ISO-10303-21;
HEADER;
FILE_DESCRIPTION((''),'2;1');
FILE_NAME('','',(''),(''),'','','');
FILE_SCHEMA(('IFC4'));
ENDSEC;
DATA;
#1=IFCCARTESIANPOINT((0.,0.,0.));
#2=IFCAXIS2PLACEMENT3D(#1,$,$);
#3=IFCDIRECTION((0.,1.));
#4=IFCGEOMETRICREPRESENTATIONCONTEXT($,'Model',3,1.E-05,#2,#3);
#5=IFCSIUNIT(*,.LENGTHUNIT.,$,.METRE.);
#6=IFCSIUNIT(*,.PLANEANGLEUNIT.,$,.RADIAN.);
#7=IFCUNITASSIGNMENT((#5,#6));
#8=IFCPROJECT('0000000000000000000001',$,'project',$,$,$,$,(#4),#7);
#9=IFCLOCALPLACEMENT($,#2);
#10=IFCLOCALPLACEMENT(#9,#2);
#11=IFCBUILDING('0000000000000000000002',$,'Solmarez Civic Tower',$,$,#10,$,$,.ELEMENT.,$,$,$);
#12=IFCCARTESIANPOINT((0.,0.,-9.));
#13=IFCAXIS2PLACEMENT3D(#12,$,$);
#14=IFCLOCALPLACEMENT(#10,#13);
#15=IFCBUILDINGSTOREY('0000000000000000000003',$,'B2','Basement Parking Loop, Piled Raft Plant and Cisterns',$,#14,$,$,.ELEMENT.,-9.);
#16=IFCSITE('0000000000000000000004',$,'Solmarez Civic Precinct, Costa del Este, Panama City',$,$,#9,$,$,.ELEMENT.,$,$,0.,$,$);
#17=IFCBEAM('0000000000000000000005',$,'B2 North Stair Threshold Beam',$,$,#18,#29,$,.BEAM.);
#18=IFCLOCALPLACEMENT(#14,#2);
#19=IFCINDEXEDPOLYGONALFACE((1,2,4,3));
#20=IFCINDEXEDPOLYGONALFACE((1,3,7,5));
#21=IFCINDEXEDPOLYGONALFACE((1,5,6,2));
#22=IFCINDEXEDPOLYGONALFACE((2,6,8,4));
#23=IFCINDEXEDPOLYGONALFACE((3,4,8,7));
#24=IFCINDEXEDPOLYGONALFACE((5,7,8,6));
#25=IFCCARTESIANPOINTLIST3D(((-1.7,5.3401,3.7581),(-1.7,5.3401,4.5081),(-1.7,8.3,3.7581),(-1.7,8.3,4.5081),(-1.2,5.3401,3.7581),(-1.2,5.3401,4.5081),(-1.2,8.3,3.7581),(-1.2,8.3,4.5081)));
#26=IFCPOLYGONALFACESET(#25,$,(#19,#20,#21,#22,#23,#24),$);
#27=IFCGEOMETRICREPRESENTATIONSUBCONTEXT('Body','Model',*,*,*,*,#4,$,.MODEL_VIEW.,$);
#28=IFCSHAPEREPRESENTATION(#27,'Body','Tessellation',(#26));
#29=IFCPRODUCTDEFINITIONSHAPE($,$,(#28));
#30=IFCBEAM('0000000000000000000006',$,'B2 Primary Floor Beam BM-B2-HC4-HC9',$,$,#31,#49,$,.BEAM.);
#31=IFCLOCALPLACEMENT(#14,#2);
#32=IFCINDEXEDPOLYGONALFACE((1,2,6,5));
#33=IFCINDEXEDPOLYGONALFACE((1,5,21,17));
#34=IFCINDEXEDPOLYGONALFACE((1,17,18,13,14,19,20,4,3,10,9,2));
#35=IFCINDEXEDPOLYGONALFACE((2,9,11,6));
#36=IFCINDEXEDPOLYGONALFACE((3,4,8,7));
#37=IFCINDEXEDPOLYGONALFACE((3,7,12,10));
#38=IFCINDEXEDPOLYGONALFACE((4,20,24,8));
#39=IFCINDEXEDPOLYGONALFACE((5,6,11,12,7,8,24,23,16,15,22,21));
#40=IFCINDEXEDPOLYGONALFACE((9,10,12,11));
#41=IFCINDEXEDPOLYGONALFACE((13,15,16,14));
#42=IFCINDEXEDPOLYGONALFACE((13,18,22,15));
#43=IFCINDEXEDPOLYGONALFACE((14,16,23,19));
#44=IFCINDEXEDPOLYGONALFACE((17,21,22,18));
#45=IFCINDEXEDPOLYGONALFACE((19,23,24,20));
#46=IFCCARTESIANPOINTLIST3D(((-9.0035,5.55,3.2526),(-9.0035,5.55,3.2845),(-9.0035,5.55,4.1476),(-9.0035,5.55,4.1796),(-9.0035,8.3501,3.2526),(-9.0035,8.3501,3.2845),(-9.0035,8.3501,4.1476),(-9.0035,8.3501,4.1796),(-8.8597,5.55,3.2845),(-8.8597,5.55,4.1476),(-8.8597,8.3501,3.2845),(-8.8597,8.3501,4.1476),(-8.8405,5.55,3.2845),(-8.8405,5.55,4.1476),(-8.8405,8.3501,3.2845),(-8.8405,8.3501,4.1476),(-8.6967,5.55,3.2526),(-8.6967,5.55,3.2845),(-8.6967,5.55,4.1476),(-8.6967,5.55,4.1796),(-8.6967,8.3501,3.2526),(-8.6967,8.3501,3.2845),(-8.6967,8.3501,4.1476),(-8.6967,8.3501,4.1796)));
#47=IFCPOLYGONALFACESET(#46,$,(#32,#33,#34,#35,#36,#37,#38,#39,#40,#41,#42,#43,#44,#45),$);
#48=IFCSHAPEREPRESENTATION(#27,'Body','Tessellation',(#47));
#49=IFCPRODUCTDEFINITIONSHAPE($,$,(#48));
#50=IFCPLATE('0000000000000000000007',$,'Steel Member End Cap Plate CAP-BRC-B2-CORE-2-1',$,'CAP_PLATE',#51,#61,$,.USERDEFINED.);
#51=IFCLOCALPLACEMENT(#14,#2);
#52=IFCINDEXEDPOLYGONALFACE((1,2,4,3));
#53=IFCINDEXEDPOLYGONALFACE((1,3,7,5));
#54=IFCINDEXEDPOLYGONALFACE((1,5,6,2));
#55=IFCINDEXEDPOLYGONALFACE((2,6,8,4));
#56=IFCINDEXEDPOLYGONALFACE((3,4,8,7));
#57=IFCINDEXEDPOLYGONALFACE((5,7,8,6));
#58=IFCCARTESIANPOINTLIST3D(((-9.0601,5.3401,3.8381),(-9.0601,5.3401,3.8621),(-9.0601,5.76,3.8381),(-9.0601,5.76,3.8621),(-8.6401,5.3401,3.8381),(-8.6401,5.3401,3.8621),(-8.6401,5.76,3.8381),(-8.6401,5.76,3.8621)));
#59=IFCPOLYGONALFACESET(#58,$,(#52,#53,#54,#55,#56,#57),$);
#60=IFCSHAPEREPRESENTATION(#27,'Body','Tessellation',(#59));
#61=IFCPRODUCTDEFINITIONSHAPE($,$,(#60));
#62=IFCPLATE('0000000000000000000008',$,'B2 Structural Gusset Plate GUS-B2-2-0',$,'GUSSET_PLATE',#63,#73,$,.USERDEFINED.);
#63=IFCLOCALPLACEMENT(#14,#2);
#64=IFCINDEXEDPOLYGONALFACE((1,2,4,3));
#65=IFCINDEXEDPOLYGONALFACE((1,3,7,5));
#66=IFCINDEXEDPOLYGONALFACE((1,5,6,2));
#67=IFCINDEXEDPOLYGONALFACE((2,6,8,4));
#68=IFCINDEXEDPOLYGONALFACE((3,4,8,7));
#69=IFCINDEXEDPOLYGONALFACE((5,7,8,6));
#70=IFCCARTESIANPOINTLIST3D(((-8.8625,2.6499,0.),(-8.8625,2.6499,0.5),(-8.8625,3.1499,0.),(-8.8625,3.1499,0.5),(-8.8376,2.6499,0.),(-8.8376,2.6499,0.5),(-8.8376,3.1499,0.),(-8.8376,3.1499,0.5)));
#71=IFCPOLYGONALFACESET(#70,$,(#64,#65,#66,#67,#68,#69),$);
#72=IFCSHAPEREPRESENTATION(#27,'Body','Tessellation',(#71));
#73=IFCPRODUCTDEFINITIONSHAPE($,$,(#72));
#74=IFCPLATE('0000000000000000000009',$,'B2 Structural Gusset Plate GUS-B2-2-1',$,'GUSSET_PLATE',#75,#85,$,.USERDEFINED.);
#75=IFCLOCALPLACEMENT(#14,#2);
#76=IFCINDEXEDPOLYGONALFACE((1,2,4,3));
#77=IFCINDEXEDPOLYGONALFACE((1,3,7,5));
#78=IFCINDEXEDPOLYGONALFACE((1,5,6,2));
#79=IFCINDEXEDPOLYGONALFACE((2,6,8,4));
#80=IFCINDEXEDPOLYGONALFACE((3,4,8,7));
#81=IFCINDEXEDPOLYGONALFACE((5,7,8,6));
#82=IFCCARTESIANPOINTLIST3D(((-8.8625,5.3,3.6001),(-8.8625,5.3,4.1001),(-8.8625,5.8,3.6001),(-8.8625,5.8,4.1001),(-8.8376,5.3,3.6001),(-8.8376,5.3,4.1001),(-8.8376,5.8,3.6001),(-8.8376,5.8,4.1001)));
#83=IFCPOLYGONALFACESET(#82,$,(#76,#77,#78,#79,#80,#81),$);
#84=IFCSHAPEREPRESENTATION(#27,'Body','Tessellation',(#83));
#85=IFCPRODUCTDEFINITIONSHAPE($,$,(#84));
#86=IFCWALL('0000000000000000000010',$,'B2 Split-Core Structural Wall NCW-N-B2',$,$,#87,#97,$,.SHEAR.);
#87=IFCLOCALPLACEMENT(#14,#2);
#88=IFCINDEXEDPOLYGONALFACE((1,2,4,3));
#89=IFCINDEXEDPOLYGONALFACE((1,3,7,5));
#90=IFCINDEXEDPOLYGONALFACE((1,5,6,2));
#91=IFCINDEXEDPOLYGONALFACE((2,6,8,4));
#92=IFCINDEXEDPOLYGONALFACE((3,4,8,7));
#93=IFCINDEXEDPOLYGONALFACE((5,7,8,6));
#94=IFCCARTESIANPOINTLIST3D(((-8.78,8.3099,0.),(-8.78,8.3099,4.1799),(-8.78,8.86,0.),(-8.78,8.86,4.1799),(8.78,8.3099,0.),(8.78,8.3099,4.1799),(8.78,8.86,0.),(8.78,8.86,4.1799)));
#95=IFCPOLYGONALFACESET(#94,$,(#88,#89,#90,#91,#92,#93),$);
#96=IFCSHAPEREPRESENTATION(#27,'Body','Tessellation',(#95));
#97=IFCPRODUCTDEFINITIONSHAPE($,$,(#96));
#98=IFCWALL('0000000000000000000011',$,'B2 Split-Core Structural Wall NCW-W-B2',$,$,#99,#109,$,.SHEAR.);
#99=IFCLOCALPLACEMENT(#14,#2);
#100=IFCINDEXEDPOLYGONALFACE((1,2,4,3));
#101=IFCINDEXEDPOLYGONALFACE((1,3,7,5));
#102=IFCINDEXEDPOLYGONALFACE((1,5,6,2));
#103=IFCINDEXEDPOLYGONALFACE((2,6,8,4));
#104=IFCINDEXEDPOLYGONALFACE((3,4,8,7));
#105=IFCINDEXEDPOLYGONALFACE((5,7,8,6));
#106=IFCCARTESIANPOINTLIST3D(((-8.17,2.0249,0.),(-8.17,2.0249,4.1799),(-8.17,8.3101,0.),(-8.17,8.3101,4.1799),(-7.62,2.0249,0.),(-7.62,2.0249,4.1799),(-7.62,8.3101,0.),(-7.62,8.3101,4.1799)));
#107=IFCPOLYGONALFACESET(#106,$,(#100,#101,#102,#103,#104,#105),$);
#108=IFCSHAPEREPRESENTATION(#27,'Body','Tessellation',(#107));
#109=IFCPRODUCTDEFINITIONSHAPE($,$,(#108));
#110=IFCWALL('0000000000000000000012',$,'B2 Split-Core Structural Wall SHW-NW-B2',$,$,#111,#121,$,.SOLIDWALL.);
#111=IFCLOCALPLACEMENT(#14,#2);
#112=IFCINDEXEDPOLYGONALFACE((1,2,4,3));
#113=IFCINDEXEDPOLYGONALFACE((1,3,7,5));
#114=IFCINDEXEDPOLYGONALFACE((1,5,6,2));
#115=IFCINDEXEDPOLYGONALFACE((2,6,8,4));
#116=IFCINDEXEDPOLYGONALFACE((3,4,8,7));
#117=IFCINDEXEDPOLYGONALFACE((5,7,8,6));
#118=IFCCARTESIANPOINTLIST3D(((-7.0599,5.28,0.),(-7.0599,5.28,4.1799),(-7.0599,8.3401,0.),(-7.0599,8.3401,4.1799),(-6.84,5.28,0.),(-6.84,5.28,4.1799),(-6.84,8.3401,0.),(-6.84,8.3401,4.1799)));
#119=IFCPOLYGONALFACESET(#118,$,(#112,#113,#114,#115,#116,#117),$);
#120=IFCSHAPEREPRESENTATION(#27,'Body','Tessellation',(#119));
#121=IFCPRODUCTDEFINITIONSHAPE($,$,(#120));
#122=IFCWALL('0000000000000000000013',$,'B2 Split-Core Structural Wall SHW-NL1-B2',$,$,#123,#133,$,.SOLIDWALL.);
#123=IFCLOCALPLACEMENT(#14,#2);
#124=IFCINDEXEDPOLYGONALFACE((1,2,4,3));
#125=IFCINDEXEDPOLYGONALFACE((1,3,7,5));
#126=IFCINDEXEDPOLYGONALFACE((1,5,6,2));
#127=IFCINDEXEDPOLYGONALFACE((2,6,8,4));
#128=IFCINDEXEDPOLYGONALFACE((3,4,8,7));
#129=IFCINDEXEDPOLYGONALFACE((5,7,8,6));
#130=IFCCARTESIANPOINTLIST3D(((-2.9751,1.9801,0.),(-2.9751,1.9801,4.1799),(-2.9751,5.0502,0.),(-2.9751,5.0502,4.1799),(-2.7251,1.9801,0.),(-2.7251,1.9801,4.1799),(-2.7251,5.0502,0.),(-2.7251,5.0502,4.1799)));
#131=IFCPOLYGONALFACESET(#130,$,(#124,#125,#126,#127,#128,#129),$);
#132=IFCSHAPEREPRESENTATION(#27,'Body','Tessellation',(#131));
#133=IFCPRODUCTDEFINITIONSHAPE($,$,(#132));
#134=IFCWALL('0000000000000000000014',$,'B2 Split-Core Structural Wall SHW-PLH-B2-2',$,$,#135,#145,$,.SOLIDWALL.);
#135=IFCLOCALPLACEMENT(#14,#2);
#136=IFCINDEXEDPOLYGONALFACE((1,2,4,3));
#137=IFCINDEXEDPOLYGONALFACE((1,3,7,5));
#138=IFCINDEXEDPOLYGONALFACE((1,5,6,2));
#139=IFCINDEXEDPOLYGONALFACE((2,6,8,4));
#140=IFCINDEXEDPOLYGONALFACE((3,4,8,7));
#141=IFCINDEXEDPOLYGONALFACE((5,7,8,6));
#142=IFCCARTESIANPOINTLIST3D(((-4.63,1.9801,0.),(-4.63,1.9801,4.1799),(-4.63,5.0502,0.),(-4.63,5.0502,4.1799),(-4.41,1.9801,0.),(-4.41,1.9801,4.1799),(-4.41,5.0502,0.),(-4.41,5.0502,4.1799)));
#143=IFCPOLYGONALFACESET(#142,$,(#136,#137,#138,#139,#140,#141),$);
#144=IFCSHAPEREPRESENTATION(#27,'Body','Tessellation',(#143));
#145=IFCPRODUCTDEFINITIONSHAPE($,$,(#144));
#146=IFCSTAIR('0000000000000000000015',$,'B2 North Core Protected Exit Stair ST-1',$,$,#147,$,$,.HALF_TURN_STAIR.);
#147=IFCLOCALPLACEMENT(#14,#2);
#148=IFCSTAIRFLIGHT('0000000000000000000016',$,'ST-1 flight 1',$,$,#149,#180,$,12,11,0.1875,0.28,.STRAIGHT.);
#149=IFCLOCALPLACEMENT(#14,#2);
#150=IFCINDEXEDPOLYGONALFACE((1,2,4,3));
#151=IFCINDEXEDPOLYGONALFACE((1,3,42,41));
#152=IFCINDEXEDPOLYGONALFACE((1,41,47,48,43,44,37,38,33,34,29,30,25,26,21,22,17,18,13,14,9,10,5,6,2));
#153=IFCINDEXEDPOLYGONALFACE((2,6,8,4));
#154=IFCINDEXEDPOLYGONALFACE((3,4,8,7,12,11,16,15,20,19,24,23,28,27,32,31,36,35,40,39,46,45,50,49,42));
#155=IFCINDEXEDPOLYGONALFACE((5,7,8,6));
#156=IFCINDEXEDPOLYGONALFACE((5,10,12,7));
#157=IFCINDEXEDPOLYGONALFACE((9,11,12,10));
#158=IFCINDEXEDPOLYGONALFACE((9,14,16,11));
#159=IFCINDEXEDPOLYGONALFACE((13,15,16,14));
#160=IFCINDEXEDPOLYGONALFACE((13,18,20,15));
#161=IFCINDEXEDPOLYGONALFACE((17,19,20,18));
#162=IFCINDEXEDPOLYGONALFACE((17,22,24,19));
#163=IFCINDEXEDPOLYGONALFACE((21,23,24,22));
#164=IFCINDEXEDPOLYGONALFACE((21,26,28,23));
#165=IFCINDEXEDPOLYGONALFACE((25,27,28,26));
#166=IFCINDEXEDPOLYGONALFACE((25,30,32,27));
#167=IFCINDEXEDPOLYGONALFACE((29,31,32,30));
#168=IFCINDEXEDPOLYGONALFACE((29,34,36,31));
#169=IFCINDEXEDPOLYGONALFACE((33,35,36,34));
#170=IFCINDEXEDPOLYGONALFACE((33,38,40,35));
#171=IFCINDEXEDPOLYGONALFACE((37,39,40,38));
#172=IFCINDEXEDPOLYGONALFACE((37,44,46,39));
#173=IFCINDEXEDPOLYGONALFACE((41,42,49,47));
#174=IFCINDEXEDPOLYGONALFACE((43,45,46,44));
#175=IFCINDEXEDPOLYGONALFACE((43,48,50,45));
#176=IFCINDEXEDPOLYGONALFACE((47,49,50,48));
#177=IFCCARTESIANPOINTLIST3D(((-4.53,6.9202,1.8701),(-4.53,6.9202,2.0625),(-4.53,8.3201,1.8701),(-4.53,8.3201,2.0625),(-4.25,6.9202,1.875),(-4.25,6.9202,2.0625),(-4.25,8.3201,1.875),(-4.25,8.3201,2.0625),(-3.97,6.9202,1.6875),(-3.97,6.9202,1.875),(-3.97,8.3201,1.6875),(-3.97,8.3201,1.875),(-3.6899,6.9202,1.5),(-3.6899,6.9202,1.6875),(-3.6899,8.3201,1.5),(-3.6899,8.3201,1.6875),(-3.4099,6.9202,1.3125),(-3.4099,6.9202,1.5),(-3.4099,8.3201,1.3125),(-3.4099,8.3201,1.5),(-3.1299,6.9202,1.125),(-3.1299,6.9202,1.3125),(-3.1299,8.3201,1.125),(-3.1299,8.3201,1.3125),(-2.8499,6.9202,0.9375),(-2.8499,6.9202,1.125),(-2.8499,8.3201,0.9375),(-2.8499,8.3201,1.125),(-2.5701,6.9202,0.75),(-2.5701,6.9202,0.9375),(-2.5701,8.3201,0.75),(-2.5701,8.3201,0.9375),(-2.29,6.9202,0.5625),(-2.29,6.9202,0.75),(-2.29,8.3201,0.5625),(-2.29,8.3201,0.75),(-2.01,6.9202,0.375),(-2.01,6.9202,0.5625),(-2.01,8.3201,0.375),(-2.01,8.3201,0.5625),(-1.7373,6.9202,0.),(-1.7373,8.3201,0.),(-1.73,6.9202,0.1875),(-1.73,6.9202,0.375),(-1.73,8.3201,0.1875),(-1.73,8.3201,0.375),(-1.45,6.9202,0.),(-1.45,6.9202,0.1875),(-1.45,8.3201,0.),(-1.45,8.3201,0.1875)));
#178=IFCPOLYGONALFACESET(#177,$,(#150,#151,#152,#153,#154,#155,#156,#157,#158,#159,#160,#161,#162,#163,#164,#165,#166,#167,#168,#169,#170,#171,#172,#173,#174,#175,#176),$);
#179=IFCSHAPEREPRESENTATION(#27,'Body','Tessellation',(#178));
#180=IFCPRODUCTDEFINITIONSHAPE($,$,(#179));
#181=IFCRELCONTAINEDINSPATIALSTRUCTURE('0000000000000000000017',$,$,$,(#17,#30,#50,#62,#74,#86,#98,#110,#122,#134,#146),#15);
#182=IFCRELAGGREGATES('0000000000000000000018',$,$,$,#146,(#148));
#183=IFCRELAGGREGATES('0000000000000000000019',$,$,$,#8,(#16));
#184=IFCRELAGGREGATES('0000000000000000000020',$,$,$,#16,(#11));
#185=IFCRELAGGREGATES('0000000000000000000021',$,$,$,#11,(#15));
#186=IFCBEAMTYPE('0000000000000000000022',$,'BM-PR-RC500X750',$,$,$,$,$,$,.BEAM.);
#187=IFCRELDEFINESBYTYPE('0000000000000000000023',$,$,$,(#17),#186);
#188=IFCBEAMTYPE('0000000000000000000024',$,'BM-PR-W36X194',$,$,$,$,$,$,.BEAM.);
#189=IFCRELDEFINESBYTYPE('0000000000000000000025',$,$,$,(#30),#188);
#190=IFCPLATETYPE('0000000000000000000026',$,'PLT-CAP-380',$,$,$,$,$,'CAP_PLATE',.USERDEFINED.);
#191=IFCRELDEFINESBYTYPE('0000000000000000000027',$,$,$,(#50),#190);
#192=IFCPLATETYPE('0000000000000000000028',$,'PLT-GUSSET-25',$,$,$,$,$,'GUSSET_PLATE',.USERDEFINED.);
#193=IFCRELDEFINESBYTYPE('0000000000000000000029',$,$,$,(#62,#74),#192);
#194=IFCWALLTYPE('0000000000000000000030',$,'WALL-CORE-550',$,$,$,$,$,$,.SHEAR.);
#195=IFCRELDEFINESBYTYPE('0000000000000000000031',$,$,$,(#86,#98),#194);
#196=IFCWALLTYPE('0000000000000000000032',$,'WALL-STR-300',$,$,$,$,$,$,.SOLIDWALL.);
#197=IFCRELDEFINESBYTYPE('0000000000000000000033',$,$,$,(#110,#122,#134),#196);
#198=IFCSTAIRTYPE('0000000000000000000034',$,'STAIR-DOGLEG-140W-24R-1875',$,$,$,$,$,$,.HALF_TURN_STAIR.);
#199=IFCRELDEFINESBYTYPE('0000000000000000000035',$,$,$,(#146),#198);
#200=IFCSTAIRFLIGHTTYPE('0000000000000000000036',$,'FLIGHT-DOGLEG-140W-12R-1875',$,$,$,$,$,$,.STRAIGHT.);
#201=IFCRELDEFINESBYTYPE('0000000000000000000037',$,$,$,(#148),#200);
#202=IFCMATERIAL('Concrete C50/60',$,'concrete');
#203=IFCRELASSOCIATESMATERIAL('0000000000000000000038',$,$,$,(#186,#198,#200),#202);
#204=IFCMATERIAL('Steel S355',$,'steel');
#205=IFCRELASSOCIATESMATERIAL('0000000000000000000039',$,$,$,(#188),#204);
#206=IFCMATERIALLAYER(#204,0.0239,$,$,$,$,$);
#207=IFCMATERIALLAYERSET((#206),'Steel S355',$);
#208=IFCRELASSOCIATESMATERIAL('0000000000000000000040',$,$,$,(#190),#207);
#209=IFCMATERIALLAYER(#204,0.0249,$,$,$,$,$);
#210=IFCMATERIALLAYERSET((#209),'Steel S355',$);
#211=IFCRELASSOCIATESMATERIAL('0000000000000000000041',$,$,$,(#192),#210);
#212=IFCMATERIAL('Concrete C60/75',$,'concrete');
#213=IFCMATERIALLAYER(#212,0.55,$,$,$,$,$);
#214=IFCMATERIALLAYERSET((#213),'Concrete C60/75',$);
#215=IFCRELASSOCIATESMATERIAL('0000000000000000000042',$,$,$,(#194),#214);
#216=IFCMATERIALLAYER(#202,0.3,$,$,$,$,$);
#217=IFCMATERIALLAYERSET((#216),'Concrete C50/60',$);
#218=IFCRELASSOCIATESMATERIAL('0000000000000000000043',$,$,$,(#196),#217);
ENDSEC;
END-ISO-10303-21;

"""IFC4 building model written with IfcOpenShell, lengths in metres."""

from ifc_helpers import new_model, si_unit, direction, frame, frame_2d, origin, origin_2d, place, context, subcontext, project, spatial, polyline, rectangle, i_section, outline, extrude, material, layer, layer_set, material_profile, profile_set, type_object, element, aggregate, save


model = new_model("IFC4")

# Units and contexts
model_context = context("Model", 3, precision=1e-05, world=origin(), true_north=direction((0.0, 1.0)))
body_context = subcontext(model_context, "Body", "Model", "MODEL_VIEW")
ifc_project = project(units=[si_unit("LENGTHUNIT", "METRE"), si_unit("PLANEANGLEUNIT", "RADIAN")], contexts=[model_context])

# Site, building, storey
site_placement = place(None, origin())
site = spatial("IfcSite", under=ifc_project, at=site_placement, Name="Solmarez Civic Precinct, Costa del Este, Panama City", CompositionType="ELEMENT", RefElevation=0.0)
building_placement = place(site_placement, origin())
building = spatial("IfcBuilding", under=site, at=building_placement, Name="Solmarez Civic Tower", CompositionType="ELEMENT")
storey_placement = place(building_placement, frame((0.0, 0.0, -9.0)))
storey = spatial("IfcBuildingStorey", under=building, at=storey_placement, Name="B2", Description="Basement Parking Loop, Piled Raft Plant and Cisterns", CompositionType="ELEMENT", Elevation=-9.0)

# Shared definitions
ifc_material_1 = material(Name="Concrete C60/75", Category="concrete")

# Beams
ifc_material_2 = material(Name="Concrete C50/60", Category="concrete")
ifc_material_profile_1 = material_profile(ifc_material_2, rectangle(XDim=0.5, YDim=0.75, at=origin_2d()), Name="RC500X750")
ifc_profile_set_1 = profile_set([ifc_material_profile_1], Name="Concrete C50/60")
beam_type_1 = type_object("IfcBeamType", Name="BM-PR-RC500X750", PredefinedType="BEAM", material=ifc_profile_set_1)
beam_1_placement = place(storey_placement, frame((-1.45, 5.3401, 4.1331), z_axis=(0.0, 1.0, 0.0), x_axis=(-1.0, 0.0, 0.0)))
element("IfcBeam", 1, at=beam_1_placement, inside=storey, type_object=beam_type_1, Name="B2 North Stair Threshold Beam", PredefinedType="BEAM", context=body_context, shape_type="SweptSolid", body=[
    extrude(rectangle(XDim=0.5, YDim=0.75, at=origin_2d()), origin(), (0.0, 0.0, 1.0), 2.96),
])
ifc_material_3 = material(Name="Steel S355", Category="steel")
ifc_material_profile_2 = material_profile(ifc_material_3, i_section(OverallWidth=0.3069, OverallDepth=0.927, WebThickness=0.0193, FlangeThickness=0.032, at=origin_2d()), Name="W36X194")
ifc_profile_set_2 = profile_set([ifc_material_profile_2], Name="Steel S355")
beam_type_2 = type_object("IfcBeamType", Name="BM-PR-W36X194", PredefinedType="BEAM", material=ifc_profile_set_2)
beam_2_placement = place(storey_placement, frame((-8.8501, 5.55, 3.7161), z_axis=(0.0, 1.0, 0.0), x_axis=(-1.0, 0.0, 0.0)))
element("IfcBeam", 2, at=beam_2_placement, inside=storey, type_object=beam_type_2, Name="B2 Primary Floor Beam BM-B2-HC4-HC9", PredefinedType="BEAM", context=body_context, shape_type="SweptSolid", body=[
    extrude(i_section(OverallWidth=0.3069, OverallDepth=0.927, WebThickness=0.0193, FlangeThickness=0.032, at=origin_2d()), origin(), (0.0, 0.0, 1.0), 2.8),
])

# Plates
ifc_layer_1 = layer(ifc_material_3, 0.0239)
ifc_layer_set_1 = layer_set([ifc_layer_1], Name="Steel S355")
plate_type_1 = type_object("IfcPlateType", Name="PLT-CAP-380", ElementType="CAP_PLATE", PredefinedType="USERDEFINED", material=ifc_layer_set_1)
plate_placement = place(storey_placement, frame((-8.8501, 5.55, 3.8381), z_axis=(0.0, 0.0, 1.0), x_axis=(1.0, 0.0, 0.0)))
element("IfcPlate", 3, at=plate_placement, inside=storey, type_object=plate_type_1, Name="Steel Member End Cap Plate CAP-BRC-B2-CORE-2-1", ObjectType="CAP_PLATE", PredefinedType="USERDEFINED", context=body_context, shape_type="SweptSolid", body=[
    extrude(rectangle(XDim=0.4199, YDim=0.4199, at=origin_2d()), origin(), (0.0, 0.0, 1.0), 0.0239),
])
ifc_layer_2 = layer(ifc_material_3, 0.0249)
ifc_layer_set_2 = layer_set([ifc_layer_2], Name="Steel S355")
plate_type_2 = type_object("IfcPlateType", Name="PLT-GUSSET-25", ElementType="GUSSET_PLATE", PredefinedType="USERDEFINED", material=ifc_layer_set_2)
for number, where, z_axis, x_axis, name in (
    (4, (-8.8501, 2.8999, 0.0), (0.0, 0.0, 1.0), (0.0, 1.0, 0.0), "B2 Structural Gusset Plate GUS-B2-2-0"),
    (5, (-8.8501, 5.55, 3.6001), (0.0, 0.0, 1.0), (0.0, 1.0, 0.0), "B2 Structural Gusset Plate GUS-B2-2-1"),
):
    element("IfcPlate", number, at=place(storey_placement, frame(where, z_axis=z_axis, x_axis=x_axis)), inside=storey, type_object=plate_type_2, Name=name, ObjectType="GUSSET_PLATE", PredefinedType="USERDEFINED", context=body_context, shape_type="SweptSolid", body=[
        extrude(rectangle(XDim=0.5, YDim=0.0249, at=origin_2d()), origin(), (0.0, 0.0, 1.0), 0.5),
    ])

# Walls
ifc_layer_3 = layer(ifc_material_1, 0.55)
ifc_layer_set_3 = layer_set([ifc_layer_3], Name="Concrete C60/75")
wall_type_1 = type_object("IfcWallType", Name="WALL-CORE-550", PredefinedType="SHEAR", material=ifc_layer_set_3)
wall_1_placement = place(storey_placement, frame((-8.78, 8.585, 0.0), z_axis=(0.0, 0.0, 1.0), x_axis=(1.0, 0.0, 0.0)))
element("IfcWall", 6, at=wall_1_placement, inside=storey, type_object=wall_type_1, Name="B2 Split-Core Structural Wall NCW-N-B2", PredefinedType="SHEAR", context=body_context, shape_type="SweptSolid", body=[
    extrude(rectangle(XDim=17.5601, YDim=0.55, at=frame_2d((8.78, 0.0))), origin(), (0.0, 0.0, 1.0), 4.1799),
])
wall_2_placement = place(storey_placement, frame((-7.895, 2.0249, 0.0), z_axis=(0.0, 0.0, 1.0), x_axis=(0.0, 1.0, 0.0)))
element("IfcWall", 7, at=wall_2_placement, inside=storey, type_object=wall_type_1, Name="B2 Split-Core Structural Wall NCW-W-B2", PredefinedType="SHEAR", context=body_context, shape_type="SweptSolid", body=[
    extrude(rectangle(XDim=6.2852, YDim=0.55, at=frame_2d((3.1426, 0.0))), origin(), (0.0, 0.0, 1.0), 4.1799),
])
ifc_layer_4 = layer(ifc_material_2, 0.3)
ifc_layer_set_4 = layer_set([ifc_layer_4], Name="Concrete C50/60")
wall_type_2 = type_object("IfcWallType", Name="WALL-STR-300", PredefinedType="SOLIDWALL", material=ifc_layer_set_4)
wall_3_placement = place(storey_placement, frame((-6.95, 5.28, 0.0), z_axis=(0.0, 0.0, 1.0), x_axis=(0.0, 1.0, 0.0)))
element("IfcWall", 8, at=wall_3_placement, inside=storey, type_object=wall_type_2, Name="B2 Split-Core Structural Wall SHW-NW-B2", PredefinedType="SOLIDWALL", context=body_context, shape_type="SweptSolid", body=[
    extrude(rectangle(XDim=3.0601, YDim=0.22, at=frame_2d((1.53, 0.0))), origin(), (0.0, 0.0, 1.0), 4.1799),
])
wall_4_placement = place(storey_placement, frame((-2.8501, 1.98, 0.0), z_axis=(0.0, 0.0, 1.0), x_axis=(0.0, 1.0, 0.0)))
element("IfcWall", 9, at=wall_4_placement, inside=storey, type_object=wall_type_2, Name="B2 Split-Core Structural Wall SHW-NL1-B2", PredefinedType="SOLIDWALL", context=body_context, shape_type="SweptSolid", body=[
    extrude(rectangle(XDim=3.0701, YDim=0.25, at=frame_2d((1.5352, 0.0))), origin(), (0.0, 0.0, 1.0), 4.1799),
])
wall_5_placement = place(storey_placement, frame((-4.52, 1.98, 0.0), z_axis=(0.0, 0.0, 1.0), x_axis=(0.0, 1.0, 0.0)))
element("IfcWall", 10, at=wall_5_placement, inside=storey, type_object=wall_type_2, Name="B2 Split-Core Structural Wall SHW-PLH-B2-2", PredefinedType="SOLIDWALL", context=body_context, shape_type="SweptSolid", body=[
    extrude(rectangle(XDim=3.0701, YDim=0.22, at=frame_2d((1.5352, 0.0))), origin(), (0.0, 0.0, 1.0), 4.1799),
])

# Stair, stair flight
stair_type = type_object("IfcStairType", Name="STAIR-DOGLEG-140W-24R-1875", PredefinedType="HALF_TURN_STAIR", material=ifc_material_2)
stair_placement = place(storey_placement, origin())
stair = element("IfcStair", 11, at=stair_placement, inside=storey, type_object=stair_type, Name="B2 North Core Protected Exit Stair ST-1", PredefinedType="HALF_TURN_STAIR")
stair_flight_type = type_object("IfcStairFlightType", Name="FLIGHT-DOGLEG-140W-12R-1875", PredefinedType="STRAIGHT", material=ifc_material_2)
stair_flight_1_placement = place(storey_placement, frame((-1.45, 7.6201, 0.0), z_axis=(0.0, 0.0, 1.0), x_axis=(-1.0, 0.0, 0.0)))
stair_flight_1 = element("IfcStairFlight", 12, at=stair_flight_1_placement, type_object=stair_flight_type, Name="ST-1 flight 1", NumberOfRisers=12, NumberOfTreads=11, PredefinedType="STRAIGHT", RiserHeight=0.1875, TreadLength=0.28, context=body_context, shape_type="SweptSolid", body=[
    extrude(outline(polyline([(0.0, 0.0), (0.0, 0.1875), (0.28, 0.1875), (0.28, 0.375), (0.5601, 0.375), (0.5601, 0.5625), (0.8401, 0.5625), (0.8401, 0.75), (1.1201, 0.75), (1.1201, 0.9375), (1.3999, 0.9375), (1.3999, 1.125), (1.6799, 1.125), (1.6799, 1.3125), (1.96, 1.3125), (1.96, 1.5), (2.24, 1.5), (2.24, 1.6875), (2.52, 1.6875), (2.52, 1.875), (2.8, 1.875), (2.8, 2.0625), (3.0801, 2.0625), (3.0801, 2.25), (3.0801, 1.8701), (0.2874, 0.0), (0.0, 0.0)])), frame((0.0, 0.7, 0.0), z_axis=(0.0, -1.0, 0.0), x_axis=(1.0, 0.0, 0.0)), (0.0, 0.0, 1.0), 1.3999),
])
aggregate(stair, [stair_flight_1])

save(model, "model.ifc")
